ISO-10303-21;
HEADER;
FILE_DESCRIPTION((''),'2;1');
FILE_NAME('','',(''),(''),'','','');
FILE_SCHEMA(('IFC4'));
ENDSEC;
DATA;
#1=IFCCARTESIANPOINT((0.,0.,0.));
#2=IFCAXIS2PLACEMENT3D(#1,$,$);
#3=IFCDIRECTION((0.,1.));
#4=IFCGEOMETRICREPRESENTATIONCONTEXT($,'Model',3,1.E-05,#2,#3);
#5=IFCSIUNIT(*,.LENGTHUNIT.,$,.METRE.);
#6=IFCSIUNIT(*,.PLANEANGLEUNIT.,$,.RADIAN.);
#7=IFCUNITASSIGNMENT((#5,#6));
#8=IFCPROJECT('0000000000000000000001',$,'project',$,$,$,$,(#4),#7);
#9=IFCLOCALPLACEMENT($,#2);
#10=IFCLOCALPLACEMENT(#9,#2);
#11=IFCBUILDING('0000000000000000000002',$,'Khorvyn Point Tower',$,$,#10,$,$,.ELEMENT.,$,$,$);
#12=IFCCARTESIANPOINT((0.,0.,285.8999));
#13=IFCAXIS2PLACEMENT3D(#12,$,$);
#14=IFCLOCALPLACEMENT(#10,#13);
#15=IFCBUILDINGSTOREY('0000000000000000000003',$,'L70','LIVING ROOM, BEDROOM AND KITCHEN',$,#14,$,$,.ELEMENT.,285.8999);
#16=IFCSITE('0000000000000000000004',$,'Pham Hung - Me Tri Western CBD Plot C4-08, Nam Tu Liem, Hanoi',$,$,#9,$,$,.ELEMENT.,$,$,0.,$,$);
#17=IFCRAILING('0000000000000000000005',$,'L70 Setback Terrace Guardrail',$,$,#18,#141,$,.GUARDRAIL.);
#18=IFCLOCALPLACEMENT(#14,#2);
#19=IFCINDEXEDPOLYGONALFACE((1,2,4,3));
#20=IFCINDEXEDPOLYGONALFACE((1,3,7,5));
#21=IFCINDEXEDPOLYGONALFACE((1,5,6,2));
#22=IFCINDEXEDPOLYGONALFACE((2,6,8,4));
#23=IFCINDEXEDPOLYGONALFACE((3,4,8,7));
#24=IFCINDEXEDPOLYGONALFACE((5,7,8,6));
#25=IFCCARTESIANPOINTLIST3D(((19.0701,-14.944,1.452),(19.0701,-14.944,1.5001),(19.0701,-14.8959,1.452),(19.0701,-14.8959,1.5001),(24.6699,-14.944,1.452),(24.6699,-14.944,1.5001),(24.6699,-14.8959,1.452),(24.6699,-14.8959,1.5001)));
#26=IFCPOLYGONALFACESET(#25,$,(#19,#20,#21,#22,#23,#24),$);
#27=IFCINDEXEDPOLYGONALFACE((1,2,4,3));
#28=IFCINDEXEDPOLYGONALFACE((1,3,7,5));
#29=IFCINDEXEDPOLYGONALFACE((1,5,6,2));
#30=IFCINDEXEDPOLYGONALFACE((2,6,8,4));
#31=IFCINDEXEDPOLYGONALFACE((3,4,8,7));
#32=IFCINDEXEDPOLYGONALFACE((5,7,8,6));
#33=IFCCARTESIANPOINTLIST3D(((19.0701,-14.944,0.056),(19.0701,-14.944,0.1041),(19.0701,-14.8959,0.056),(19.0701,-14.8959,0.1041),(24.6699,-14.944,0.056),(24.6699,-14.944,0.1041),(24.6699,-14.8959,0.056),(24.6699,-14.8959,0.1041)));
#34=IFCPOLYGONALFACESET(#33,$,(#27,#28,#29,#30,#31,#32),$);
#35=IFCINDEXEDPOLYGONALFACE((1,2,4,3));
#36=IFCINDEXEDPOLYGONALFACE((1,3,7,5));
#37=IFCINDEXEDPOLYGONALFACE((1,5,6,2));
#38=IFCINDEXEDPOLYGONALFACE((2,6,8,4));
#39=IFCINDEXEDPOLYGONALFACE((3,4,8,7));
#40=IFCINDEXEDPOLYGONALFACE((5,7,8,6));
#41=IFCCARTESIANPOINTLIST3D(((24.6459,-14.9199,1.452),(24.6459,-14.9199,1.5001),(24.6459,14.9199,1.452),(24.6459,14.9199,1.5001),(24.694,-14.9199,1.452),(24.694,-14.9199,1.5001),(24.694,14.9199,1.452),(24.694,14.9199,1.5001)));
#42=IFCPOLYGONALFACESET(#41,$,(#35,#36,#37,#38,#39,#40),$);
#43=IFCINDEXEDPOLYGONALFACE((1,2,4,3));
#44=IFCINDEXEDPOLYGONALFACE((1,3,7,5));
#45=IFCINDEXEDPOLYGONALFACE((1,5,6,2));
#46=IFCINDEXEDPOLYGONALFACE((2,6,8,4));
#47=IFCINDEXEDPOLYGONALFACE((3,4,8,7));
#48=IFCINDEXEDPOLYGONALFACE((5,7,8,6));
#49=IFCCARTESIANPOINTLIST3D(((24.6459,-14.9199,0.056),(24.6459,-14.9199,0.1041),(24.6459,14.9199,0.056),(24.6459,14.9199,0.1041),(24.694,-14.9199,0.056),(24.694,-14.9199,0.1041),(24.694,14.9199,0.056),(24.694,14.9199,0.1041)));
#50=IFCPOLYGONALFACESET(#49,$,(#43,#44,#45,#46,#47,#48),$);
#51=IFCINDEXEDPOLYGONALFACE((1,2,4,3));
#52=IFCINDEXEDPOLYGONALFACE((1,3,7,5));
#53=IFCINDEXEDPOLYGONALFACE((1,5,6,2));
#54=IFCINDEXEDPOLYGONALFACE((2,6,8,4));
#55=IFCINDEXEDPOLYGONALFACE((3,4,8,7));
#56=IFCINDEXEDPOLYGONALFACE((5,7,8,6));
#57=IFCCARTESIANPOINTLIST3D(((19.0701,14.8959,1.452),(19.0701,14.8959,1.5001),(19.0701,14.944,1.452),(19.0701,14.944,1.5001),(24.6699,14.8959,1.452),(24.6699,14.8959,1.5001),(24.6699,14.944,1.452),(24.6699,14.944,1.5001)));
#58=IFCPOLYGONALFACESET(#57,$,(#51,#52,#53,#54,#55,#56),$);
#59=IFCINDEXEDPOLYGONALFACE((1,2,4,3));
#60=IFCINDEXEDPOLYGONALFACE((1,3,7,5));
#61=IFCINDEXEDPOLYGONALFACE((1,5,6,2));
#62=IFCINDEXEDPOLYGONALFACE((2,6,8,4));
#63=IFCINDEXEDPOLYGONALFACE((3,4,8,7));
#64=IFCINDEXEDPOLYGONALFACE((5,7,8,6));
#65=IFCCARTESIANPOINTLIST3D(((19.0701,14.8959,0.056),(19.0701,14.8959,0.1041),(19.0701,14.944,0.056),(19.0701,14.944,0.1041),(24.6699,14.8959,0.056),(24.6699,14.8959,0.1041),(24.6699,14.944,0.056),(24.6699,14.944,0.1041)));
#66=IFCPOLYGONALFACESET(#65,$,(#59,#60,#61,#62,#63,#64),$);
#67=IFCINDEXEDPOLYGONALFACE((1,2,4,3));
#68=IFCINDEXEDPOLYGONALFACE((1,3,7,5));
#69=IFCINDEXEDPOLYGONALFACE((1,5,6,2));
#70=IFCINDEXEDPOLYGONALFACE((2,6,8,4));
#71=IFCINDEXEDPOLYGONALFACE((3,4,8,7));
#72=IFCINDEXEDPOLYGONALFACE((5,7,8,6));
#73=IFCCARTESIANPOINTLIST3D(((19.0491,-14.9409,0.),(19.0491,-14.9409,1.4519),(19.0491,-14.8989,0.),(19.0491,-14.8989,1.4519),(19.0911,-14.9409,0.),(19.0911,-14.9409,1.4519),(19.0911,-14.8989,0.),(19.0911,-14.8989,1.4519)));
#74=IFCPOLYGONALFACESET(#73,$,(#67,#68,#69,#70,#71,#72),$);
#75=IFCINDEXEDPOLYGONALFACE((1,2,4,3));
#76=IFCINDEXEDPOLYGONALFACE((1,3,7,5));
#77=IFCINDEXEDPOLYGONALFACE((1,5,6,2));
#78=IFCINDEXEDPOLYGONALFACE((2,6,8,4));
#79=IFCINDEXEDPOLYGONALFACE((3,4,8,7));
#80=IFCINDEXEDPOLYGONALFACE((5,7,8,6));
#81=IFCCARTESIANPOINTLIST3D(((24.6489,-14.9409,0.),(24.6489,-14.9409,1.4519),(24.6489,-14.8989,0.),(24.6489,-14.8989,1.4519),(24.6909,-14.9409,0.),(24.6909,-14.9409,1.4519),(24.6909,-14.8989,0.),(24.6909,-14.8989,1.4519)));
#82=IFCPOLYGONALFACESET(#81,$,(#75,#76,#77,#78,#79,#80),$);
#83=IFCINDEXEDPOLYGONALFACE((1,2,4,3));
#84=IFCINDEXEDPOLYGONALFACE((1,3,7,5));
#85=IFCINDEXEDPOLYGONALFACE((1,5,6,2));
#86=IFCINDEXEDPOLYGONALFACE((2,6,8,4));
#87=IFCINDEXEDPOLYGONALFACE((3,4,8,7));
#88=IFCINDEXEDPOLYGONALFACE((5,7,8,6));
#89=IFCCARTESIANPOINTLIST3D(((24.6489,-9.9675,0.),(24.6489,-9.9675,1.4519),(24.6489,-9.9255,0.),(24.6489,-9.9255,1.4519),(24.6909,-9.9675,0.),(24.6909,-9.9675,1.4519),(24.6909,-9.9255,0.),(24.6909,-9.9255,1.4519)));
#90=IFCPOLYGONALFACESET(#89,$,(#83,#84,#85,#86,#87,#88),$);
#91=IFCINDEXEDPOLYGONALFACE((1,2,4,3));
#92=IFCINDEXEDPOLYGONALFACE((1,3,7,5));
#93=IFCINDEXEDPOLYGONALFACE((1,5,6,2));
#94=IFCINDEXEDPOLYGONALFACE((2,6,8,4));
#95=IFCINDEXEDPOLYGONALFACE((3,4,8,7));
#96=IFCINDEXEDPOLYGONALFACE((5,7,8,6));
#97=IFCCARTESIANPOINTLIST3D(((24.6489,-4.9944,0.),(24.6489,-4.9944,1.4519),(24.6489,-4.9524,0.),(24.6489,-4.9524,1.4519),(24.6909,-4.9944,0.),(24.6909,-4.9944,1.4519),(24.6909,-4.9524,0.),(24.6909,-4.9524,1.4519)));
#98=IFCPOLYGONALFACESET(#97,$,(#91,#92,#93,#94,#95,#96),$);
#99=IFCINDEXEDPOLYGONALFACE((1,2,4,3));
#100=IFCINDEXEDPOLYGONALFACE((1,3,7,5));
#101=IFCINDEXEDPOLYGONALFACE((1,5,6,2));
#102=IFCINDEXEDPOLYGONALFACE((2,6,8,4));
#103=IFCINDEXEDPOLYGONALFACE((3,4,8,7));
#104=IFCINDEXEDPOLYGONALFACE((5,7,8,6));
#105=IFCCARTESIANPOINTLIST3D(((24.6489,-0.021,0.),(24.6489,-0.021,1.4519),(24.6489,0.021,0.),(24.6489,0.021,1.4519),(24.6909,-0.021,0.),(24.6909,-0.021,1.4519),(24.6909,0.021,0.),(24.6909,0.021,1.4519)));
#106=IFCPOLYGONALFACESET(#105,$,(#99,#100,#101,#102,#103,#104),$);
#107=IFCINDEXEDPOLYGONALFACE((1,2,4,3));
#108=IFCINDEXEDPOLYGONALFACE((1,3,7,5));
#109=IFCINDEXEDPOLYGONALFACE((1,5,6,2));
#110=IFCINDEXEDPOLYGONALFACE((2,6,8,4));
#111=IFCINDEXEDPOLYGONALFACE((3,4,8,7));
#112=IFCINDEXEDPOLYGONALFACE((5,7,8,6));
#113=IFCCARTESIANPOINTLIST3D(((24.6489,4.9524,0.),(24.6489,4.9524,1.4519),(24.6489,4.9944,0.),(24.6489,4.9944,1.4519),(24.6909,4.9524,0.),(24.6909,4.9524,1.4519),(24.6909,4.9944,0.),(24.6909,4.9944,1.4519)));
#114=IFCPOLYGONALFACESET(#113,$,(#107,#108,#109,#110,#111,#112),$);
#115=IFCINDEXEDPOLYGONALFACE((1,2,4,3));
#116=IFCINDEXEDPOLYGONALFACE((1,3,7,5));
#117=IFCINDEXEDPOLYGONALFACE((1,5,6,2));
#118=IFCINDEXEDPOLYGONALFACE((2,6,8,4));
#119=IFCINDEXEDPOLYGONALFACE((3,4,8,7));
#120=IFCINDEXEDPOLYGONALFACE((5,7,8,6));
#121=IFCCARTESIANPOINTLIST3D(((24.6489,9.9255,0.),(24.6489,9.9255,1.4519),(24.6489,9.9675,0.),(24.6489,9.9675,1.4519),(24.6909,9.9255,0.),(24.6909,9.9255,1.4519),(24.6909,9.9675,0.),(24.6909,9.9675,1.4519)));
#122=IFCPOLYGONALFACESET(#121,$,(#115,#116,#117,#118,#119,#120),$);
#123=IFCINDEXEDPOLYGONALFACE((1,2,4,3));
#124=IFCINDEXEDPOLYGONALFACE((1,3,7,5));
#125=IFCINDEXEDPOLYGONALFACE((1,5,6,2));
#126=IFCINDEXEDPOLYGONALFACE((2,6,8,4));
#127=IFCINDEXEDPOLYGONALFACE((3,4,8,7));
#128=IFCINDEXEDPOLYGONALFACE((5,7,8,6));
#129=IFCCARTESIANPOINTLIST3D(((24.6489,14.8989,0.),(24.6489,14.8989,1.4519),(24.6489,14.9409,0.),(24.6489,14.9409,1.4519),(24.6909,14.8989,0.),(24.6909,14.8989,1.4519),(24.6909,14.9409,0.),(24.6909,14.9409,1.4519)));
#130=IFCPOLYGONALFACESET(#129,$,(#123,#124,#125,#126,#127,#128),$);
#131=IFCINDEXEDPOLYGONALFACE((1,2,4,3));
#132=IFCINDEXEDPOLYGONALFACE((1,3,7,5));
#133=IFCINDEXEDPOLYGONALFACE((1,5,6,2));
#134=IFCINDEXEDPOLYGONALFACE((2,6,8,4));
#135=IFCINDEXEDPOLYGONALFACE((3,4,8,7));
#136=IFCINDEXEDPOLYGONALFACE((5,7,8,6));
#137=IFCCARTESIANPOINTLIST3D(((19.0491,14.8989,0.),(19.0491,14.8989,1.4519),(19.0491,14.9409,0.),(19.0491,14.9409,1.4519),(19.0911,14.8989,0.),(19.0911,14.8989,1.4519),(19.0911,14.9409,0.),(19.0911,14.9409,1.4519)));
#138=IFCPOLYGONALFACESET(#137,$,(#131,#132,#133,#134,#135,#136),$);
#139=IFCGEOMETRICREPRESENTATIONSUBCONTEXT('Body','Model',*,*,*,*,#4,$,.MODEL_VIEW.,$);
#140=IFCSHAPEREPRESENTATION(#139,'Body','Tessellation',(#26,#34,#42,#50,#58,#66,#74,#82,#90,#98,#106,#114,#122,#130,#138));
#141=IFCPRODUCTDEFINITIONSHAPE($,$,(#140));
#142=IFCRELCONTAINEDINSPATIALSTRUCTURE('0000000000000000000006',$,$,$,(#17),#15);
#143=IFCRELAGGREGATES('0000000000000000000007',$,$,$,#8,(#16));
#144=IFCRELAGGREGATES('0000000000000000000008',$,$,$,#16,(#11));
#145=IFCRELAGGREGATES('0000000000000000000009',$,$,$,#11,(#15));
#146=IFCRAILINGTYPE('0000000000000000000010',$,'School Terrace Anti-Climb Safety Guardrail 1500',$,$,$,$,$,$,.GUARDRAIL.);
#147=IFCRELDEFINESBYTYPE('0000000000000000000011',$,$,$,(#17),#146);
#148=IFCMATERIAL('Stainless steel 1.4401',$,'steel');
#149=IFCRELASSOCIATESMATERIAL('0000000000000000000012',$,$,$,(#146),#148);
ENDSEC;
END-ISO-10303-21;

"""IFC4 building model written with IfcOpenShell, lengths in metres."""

from ifc_helpers import new_model, si_unit, direction, frame, origin, origin_2d, place, context, subcontext, project, spatial, rectangle, extrude, material, type_object, element, save


model = new_model("IFC4")

# Units and contexts
model_context = context("Model", 3, precision=1e-05, world=origin(), true_north=direction((0.0, 1.0)))
body_context = subcontext(model_context, "Body", "Model", "MODEL_VIEW")
ifc_project = project(units=[si_unit("LENGTHUNIT", "METRE"), si_unit("PLANEANGLEUNIT", "RADIAN")], contexts=[model_context])

# Site, building, storey
site_placement = place(None, origin())
site = spatial("IfcSite", under=ifc_project, at=site_placement, Name="Pham Hung - Me Tri Western CBD Plot C4-08, Nam Tu Liem, Hanoi", CompositionType="ELEMENT", RefElevation=0.0)
building_placement = place(site_placement, origin())
building = spatial("IfcBuilding", under=site, at=building_placement, Name="Khorvyn Point Tower", CompositionType="ELEMENT")
storey_placement = place(building_placement, frame((0.0, 0.0, 285.8999)))
storey = spatial("IfcBuildingStorey", under=building, at=storey_placement, Name="L70", Description="LIVING ROOM, BEDROOM AND KITCHEN", CompositionType="ELEMENT", Elevation=285.8999)

# Railing
ifc_material_1 = material(Name="Stainless steel 1.4401", Category="steel")
railing_type_1 = type_object("IfcRailingType", Name="School Terrace Anti-Climb Safety Guardrail 1500", PredefinedType="GUARDRAIL", material=ifc_material_1)
railing_1_placement = place(storey_placement, frame((19.0701, -14.9199, 0.0)))
element("IfcRailing", 1, at=railing_1_placement, inside=storey, type_object=railing_type_1, Name="L70 Setback Terrace Guardrail", PredefinedType="GUARDRAIL", context=body_context, shape_type="SweptSolid", body=[
    extrude(rectangle(XDim=0.0481, YDim=0.0481, at=origin_2d()), frame((0.0, 0.0, 1.4761), z_axis=(1.0, 0.0, 0.0), x_axis=(0.0, 1.0, 0.0)), (0.0, 0.0, 1.0), 5.5999),
    extrude(rectangle(XDim=0.0481, YDim=0.0481, at=origin_2d()), frame((0.0, 0.0, 0.0801), z_axis=(1.0, 0.0, 0.0), x_axis=(0.0, 1.0, 0.0)), (0.0, 0.0, 1.0), 5.5999),
    extrude(rectangle(XDim=0.0481, YDim=0.0481, at=origin_2d()), frame((5.5999, 0.0, 1.4761), z_axis=(0.0, 1.0, 0.0), x_axis=(-1.0, 0.0, 0.0)), (0.0, 0.0, 1.0), 29.8398),
    extrude(rectangle(XDim=0.0481, YDim=0.0481, at=origin_2d()), frame((5.5999, 0.0, 0.0801), z_axis=(0.0, 1.0, 0.0), x_axis=(-1.0, 0.0, 0.0)), (0.0, 0.0, 1.0), 29.8398),
    extrude(rectangle(XDim=0.0481, YDim=0.0481, at=origin_2d()), frame((5.5999, 29.8398, 1.4761), z_axis=(-1.0, 0.0, 0.0), x_axis=(0.0, -1.0, 0.0)), (0.0, 0.0, 1.0), 5.5999),
    extrude(rectangle(XDim=0.0481, YDim=0.0481, at=origin_2d()), frame((5.5999, 29.8398, 0.0801), z_axis=(-1.0, 0.0, 0.0), x_axis=(0.0, -1.0, 0.0)), (0.0, 0.0, 1.0), 5.5999),
    extrude(rectangle(XDim=0.042, YDim=0.042, at=origin_2d()), origin(), (0.0, 0.0, 1.0), 1.4519),
    extrude(rectangle(XDim=0.042, YDim=0.042, at=origin_2d()), frame((5.5999, 0.0, 0.0)), (0.0, 0.0, 1.0), 1.4519),
    extrude(rectangle(XDim=0.042, YDim=0.042, at=origin_2d()), frame((5.5999, 4.9734, 0.0)), (0.0, 0.0, 1.0), 1.4519),
    extrude(rectangle(XDim=0.042, YDim=0.042, at=origin_2d()), frame((5.5999, 9.9465, 0.0)), (0.0, 0.0, 1.0), 1.4519),
    extrude(rectangle(XDim=0.042, YDim=0.042, at=origin_2d()), frame((5.5999, 14.9199, 0.0)), (0.0, 0.0, 1.0), 1.4519),
    extrude(rectangle(XDim=0.042, YDim=0.042, at=origin_2d()), frame((5.5999, 19.8933, 0.0)), (0.0, 0.0, 1.0), 1.4519),
    extrude(rectangle(XDim=0.042, YDim=0.042, at=origin_2d()), frame((5.5999, 24.8665, 0.0)), (0.0, 0.0, 1.0), 1.4519),
    extrude(rectangle(XDim=0.042, YDim=0.042, at=origin_2d()), frame((5.5999, 29.8398, 0.0)), (0.0, 0.0, 1.0), 1.4519),
    extrude(rectangle(XDim=0.042, YDim=0.042, at=origin_2d()), frame((0.0, 29.8398, 0.0)), (0.0, 0.0, 1.0), 1.4519),
])

save(model, "model.ifc")
